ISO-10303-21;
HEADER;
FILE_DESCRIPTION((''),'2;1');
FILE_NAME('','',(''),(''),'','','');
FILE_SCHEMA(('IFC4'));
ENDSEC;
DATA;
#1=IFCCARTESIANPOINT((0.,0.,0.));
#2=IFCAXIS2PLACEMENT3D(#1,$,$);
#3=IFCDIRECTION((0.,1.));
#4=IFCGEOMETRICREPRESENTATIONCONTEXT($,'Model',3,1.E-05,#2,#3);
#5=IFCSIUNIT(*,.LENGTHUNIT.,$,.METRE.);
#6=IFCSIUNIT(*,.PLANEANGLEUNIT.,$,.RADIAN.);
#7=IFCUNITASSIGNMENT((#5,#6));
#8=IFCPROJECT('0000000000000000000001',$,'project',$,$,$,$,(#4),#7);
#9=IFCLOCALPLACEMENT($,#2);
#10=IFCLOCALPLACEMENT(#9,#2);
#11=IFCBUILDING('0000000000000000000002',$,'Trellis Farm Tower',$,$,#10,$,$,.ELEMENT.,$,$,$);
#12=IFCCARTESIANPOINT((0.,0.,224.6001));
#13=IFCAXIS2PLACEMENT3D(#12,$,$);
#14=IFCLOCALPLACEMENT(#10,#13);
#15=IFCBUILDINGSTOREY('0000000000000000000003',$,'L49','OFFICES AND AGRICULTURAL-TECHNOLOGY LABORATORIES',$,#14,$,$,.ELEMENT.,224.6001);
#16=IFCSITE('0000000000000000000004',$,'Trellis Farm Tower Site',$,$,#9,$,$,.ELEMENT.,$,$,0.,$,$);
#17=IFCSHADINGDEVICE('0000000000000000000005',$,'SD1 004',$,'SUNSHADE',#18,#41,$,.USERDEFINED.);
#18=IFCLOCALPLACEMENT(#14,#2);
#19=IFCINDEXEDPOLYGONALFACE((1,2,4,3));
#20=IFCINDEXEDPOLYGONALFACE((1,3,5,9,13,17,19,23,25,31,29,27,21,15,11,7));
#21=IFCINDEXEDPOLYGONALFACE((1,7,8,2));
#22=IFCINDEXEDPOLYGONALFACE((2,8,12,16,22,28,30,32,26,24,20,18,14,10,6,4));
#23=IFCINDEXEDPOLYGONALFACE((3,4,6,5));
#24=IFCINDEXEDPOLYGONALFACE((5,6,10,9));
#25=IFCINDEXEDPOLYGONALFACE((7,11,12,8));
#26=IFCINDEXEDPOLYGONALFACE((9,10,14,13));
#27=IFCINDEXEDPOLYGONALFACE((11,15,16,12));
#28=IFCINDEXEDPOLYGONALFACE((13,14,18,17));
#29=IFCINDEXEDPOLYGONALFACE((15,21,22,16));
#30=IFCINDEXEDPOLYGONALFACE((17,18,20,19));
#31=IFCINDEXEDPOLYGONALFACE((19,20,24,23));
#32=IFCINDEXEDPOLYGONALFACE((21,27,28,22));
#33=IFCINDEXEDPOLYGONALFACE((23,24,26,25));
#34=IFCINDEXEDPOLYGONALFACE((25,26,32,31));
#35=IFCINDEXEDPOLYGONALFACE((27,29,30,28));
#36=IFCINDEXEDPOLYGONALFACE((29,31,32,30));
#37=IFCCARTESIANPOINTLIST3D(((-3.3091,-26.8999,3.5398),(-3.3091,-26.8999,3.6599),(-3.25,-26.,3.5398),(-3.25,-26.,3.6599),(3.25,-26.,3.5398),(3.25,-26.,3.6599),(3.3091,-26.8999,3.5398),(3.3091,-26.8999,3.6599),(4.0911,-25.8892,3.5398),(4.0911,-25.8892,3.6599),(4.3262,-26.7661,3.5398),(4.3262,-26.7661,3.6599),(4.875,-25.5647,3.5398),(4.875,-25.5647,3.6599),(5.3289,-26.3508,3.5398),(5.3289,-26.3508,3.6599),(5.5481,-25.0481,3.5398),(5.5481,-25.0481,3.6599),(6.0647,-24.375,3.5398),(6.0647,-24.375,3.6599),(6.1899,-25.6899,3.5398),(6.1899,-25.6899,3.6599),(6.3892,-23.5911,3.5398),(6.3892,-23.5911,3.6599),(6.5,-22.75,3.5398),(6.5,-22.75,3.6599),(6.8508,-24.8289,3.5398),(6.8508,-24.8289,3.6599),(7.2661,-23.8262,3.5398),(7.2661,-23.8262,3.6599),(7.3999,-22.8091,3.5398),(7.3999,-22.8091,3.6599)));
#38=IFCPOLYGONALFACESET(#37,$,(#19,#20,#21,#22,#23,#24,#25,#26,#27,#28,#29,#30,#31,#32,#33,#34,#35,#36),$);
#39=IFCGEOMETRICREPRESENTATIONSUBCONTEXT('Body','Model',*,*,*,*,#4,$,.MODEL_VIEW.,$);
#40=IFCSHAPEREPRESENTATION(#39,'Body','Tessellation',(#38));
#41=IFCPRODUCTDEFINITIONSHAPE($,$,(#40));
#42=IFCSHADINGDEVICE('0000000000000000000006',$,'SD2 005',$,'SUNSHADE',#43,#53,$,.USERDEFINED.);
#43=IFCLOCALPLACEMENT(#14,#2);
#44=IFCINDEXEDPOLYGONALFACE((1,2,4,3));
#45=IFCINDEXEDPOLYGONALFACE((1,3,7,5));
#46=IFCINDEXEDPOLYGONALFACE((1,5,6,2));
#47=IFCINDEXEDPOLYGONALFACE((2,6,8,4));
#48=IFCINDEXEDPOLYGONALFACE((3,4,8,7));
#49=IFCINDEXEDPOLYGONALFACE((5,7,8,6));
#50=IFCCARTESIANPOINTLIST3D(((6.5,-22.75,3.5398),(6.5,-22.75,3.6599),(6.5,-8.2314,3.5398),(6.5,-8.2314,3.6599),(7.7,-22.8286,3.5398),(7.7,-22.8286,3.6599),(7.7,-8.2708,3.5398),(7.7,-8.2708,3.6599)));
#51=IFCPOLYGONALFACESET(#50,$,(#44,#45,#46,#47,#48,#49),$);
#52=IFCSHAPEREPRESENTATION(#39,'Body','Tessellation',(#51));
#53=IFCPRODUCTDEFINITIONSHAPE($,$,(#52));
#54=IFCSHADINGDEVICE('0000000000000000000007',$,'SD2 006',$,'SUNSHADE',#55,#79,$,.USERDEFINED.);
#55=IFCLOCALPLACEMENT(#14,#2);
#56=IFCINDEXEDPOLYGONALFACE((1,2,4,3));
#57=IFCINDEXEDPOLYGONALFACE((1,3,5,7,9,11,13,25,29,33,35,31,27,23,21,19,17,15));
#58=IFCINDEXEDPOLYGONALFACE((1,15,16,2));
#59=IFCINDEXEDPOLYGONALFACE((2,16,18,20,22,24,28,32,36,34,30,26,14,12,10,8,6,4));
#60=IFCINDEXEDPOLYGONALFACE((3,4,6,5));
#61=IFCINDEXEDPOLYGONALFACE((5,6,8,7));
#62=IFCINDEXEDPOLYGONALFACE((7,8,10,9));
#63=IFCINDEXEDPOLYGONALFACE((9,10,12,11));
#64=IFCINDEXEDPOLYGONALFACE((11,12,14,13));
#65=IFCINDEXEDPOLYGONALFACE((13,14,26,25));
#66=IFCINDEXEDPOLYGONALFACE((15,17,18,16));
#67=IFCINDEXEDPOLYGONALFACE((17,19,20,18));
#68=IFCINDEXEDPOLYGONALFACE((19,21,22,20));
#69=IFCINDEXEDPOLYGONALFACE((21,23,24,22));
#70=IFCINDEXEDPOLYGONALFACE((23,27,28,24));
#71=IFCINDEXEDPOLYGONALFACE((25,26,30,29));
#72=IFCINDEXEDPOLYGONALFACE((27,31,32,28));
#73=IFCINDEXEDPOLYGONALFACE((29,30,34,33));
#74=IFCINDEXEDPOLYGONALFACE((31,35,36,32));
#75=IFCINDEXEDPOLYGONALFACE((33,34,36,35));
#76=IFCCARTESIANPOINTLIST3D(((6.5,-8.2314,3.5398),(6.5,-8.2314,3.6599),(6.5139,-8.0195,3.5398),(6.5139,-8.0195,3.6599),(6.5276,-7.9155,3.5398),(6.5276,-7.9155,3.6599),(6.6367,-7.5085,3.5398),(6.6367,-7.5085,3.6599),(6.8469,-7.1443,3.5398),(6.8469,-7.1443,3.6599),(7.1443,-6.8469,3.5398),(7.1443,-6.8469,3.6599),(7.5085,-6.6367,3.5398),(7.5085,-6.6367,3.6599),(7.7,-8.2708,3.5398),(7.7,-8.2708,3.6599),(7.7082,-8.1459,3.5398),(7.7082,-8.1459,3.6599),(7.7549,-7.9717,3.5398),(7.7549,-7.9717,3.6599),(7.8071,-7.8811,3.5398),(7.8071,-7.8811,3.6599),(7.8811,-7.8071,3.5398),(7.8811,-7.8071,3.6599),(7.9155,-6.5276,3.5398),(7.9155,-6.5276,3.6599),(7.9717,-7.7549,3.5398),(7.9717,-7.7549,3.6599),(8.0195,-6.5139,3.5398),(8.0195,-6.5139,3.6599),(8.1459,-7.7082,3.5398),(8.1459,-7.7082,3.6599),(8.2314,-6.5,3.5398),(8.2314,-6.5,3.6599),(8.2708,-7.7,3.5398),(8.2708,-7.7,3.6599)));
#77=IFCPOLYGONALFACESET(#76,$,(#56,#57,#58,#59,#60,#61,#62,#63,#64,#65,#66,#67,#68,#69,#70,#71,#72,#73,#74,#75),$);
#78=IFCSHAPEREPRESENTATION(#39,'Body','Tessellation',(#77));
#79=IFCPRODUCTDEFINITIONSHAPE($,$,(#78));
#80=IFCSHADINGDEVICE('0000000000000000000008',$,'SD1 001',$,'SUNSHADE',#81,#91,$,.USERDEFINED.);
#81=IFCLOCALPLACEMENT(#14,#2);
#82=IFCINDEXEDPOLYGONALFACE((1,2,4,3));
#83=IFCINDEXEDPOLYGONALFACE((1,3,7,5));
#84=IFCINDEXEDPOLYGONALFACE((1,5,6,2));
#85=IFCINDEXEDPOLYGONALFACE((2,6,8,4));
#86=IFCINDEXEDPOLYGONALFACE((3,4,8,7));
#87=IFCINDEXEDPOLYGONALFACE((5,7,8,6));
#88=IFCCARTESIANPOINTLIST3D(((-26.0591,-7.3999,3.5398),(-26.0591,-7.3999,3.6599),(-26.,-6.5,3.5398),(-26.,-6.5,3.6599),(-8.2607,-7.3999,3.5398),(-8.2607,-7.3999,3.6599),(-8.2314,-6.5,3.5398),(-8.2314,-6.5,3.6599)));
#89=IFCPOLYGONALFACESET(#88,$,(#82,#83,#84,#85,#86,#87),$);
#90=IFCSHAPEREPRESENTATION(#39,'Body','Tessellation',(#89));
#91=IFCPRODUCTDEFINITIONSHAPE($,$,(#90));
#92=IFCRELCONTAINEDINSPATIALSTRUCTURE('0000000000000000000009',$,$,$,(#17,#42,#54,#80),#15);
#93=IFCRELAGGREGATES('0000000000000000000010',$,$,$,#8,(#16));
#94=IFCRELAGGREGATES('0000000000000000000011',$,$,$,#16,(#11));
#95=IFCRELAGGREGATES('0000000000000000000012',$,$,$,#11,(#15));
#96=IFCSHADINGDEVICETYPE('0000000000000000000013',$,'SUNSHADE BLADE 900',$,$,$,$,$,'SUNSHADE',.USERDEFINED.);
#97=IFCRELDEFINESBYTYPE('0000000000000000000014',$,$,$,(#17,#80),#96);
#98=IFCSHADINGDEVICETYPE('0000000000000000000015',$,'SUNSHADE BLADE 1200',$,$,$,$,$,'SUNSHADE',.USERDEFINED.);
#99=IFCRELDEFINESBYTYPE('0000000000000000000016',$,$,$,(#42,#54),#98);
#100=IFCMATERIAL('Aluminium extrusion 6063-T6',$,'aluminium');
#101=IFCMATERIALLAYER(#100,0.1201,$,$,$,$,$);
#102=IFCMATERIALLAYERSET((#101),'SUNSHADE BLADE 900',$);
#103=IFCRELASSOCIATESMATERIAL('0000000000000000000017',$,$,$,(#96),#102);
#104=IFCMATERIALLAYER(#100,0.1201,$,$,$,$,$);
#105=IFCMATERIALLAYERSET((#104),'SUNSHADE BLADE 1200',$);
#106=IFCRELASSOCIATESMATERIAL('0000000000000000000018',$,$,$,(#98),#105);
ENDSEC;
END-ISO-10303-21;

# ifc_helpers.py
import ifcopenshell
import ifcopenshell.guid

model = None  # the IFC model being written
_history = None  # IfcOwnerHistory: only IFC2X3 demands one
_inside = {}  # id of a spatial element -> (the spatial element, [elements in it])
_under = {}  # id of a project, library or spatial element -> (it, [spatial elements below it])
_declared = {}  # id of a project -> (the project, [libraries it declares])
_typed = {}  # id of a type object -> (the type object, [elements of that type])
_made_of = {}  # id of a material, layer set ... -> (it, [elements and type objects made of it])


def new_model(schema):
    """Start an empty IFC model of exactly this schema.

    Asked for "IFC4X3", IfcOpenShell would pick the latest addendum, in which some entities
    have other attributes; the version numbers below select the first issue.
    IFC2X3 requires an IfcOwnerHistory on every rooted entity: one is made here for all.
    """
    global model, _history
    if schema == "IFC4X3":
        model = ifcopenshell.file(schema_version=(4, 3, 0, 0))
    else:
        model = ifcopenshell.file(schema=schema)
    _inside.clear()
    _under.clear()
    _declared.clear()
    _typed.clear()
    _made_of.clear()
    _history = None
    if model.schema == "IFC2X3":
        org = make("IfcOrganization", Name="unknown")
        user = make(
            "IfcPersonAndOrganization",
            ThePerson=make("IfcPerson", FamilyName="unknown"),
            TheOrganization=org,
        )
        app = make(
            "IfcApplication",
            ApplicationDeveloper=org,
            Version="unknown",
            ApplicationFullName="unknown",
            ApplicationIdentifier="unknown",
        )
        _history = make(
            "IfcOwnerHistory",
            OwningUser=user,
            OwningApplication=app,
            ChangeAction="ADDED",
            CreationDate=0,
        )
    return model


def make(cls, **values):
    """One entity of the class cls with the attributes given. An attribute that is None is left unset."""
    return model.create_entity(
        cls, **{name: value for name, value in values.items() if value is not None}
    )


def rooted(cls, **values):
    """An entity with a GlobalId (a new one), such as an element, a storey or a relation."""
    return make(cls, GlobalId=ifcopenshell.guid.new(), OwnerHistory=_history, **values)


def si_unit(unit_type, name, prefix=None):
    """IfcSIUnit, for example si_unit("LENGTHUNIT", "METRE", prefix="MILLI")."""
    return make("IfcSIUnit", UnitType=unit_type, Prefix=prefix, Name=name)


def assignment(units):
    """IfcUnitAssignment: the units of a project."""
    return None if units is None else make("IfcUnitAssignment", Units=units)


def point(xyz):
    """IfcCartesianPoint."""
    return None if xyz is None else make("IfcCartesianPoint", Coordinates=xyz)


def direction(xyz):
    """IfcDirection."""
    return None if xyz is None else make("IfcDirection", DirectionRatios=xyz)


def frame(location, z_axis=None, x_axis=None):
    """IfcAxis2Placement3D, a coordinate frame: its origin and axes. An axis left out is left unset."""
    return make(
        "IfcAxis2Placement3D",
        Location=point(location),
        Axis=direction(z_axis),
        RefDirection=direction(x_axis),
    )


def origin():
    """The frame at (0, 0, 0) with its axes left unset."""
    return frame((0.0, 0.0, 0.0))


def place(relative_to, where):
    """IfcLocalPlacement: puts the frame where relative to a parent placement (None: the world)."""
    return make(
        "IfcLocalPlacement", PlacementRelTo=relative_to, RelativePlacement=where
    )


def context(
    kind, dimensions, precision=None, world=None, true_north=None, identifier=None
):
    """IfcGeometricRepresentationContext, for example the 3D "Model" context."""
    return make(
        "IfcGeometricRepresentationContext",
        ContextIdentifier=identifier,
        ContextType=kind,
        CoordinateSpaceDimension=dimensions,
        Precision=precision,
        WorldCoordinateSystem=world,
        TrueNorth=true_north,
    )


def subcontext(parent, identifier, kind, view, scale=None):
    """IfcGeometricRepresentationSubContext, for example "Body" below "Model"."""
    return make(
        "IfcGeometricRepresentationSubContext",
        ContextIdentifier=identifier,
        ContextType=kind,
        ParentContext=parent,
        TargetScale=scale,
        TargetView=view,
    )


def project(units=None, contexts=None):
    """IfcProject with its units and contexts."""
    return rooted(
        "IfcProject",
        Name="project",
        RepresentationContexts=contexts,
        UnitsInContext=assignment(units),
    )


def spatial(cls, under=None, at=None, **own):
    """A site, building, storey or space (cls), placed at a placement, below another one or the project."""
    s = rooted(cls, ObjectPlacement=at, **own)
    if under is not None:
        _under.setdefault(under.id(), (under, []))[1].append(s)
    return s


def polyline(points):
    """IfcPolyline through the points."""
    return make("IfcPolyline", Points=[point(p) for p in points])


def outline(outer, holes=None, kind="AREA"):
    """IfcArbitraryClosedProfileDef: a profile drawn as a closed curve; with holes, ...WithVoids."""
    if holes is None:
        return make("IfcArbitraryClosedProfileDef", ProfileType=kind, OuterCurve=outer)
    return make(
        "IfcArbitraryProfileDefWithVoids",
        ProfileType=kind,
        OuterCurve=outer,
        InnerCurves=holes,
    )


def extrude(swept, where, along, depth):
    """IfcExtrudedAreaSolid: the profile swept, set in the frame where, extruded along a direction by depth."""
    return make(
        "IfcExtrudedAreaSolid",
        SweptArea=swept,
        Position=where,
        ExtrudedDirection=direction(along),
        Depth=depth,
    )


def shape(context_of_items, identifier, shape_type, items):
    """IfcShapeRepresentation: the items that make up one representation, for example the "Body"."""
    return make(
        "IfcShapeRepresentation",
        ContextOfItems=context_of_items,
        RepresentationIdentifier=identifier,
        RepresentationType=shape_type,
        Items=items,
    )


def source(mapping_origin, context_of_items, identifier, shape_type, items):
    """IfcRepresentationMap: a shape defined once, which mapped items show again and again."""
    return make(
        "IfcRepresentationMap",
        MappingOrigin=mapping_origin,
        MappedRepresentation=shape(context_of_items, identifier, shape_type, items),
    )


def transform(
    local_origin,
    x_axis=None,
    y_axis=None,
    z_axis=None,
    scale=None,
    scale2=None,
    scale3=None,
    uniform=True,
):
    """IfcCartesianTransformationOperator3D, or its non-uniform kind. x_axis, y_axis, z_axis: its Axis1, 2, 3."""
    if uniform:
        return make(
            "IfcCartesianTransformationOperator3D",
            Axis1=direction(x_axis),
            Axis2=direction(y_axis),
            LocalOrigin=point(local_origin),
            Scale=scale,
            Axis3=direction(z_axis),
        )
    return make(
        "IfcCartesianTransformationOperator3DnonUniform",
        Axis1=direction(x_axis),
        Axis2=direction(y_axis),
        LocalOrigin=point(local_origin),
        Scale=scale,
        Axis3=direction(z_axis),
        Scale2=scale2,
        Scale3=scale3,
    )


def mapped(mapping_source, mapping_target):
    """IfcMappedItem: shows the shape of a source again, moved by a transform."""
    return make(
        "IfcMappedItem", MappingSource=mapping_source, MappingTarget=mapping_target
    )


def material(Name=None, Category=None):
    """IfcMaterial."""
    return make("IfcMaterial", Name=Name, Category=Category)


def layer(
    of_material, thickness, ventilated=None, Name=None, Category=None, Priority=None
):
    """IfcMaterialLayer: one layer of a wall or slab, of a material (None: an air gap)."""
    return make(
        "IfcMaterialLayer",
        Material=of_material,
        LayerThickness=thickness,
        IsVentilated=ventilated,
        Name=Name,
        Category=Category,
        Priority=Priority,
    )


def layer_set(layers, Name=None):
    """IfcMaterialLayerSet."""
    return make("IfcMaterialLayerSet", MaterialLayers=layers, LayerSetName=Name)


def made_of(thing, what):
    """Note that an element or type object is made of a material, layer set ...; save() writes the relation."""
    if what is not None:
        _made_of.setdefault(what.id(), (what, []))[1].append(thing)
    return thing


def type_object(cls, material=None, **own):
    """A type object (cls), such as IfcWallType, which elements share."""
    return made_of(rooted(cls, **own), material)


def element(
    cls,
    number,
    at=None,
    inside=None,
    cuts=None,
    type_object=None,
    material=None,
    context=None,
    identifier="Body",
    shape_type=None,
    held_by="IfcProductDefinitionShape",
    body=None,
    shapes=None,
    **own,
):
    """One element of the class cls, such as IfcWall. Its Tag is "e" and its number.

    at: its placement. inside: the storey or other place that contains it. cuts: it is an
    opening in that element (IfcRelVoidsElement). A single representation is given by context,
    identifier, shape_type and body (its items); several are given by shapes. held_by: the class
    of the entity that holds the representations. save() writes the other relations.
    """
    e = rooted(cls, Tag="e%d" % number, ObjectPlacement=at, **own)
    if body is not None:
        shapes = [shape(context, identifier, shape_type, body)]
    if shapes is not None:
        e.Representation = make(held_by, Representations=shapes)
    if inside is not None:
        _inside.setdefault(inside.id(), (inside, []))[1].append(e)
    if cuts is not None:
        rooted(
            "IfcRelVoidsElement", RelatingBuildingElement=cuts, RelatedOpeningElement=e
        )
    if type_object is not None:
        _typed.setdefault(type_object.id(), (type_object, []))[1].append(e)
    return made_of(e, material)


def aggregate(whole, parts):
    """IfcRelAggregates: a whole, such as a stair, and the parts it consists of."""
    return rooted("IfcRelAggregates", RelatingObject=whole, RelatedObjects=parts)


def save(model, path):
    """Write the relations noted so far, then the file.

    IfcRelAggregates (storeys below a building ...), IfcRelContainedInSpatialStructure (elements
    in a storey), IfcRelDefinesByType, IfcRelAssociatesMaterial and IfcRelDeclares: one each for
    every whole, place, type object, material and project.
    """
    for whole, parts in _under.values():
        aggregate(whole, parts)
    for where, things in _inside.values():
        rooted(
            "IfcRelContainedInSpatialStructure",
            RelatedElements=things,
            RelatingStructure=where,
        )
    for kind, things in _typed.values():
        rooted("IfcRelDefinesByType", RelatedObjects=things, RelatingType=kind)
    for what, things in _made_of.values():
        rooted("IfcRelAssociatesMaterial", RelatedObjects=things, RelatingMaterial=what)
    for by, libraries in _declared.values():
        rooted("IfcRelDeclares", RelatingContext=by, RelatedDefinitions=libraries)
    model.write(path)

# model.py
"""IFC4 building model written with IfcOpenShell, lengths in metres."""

from ifc_helpers import new_model, si_unit, direction, frame, origin, place, context, subcontext, project, spatial, polyline, outline, extrude, source, transform, mapped, material, layer, layer_set, type_object, element, save


model = new_model("IFC4")

# Units and contexts
model_context = context("Model", 3, precision=1e-05, world=origin(), true_north=direction((0.0, 1.0)))
body_context = subcontext(model_context, "Body", "Model", "MODEL_VIEW")
ifc_project = project(units=[si_unit("LENGTHUNIT", "METRE"), si_unit("PLANEANGLEUNIT", "RADIAN")], contexts=[model_context])

# Site, building, storey
site_placement = place(None, origin())
site = spatial("IfcSite", under=ifc_project, at=site_placement, Name="Trellis Farm Tower Site", CompositionType="ELEMENT", RefElevation=0.0)
building_placement = place(site_placement, origin())
building = spatial("IfcBuilding", under=site, at=building_placement, Name="Trellis Farm Tower", CompositionType="ELEMENT")
storey_placement = place(building_placement, frame((0.0, 0.0, 224.6001)))
storey = spatial("IfcBuildingStorey", under=building, at=storey_placement, Name="L49", Description="OFFICES AND AGRICULTURAL-TECHNOLOGY LABORATORIES", CompositionType="ELEMENT", Elevation=224.6001)

# Shared definitions
ifc_material_1 = material(Name="Aluminium extrusion 6063-T6", Category="aluminium")

# Shading devices
ifc_layer_1 = layer(ifc_material_1, 0.1201)
ifc_layer_set_1 = layer_set([ifc_layer_1], Name="SUNSHADE BLADE 900")
shading_device_type_1 = type_object("IfcShadingDeviceType", Name="SUNSHADE BLADE 900", ElementType="SUNSHADE", PredefinedType="USERDEFINED", material=ifc_layer_set_1)
placement_1 = place(storey_placement, frame((0.0, 0.0, 3.5398)))
ifc_layer_2 = layer(ifc_material_1, 0.1201)
ifc_layer_set_2 = layer_set([ifc_layer_2], Name="SUNSHADE BLADE 1200")
shading_device_type_2 = type_object("IfcShadingDeviceType", Name="SUNSHADE BLADE 1200", ElementType="SUNSHADE", PredefinedType="USERDEFINED", material=ifc_layer_set_2)
shared_shape_1 = source(origin(), body_context, "Body", "SweptSolid", [
    extrude(outline(polyline([(-3.3091, -26.8999), (3.3091, -26.8999), (4.3262, -26.7661), (5.3289, -26.3508), (6.1899, -25.6899), (6.8508, -24.8289), (7.2661, -23.8262), (7.3999, -22.8091), (6.5, -22.75), (6.3892, -23.5911), (6.0647, -24.375), (5.5481, -25.0481), (4.875, -25.5647), (4.0911, -25.8892), (3.25, -26.0), (-3.25, -26.0), (-3.3091, -26.8999)])), origin(), (0.0, 0.0, 1.0), 0.1201),
])
element("IfcShadingDevice", 1, at=placement_1, inside=storey, type_object=shading_device_type_1, Name="SD1 004", ObjectType="SUNSHADE", PredefinedType="USERDEFINED", context=body_context, shape_type="MappedRepresentation", body=[
    mapped(shared_shape_1, transform((0.0, 0.0, 0.0))),
])
shared_shape_2 = source(origin(), body_context, "Body", "SweptSolid", [
    extrude(outline(polyline([(7.7, -22.8286), (7.7, -8.2708), (6.5, -8.2314), (6.5, -22.75), (7.7, -22.8286)])), origin(), (0.0, 0.0, 1.0), 0.1201),
])
element("IfcShadingDevice", 2, at=placement_1, inside=storey, type_object=shading_device_type_2, Name="SD2 005", ObjectType="SUNSHADE", PredefinedType="USERDEFINED", context=body_context, shape_type="MappedRepresentation", body=[
    mapped(shared_shape_2, transform((0.0, 0.0, 0.0))),
])
shared_shape_3 = source(origin(), body_context, "Body", "SweptSolid", [
    extrude(outline(polyline([(7.7, -8.2708), (7.7087, -8.1372), (7.707, -8.1501), (7.7549, -7.9717), (7.8071, -7.8811), (7.8811, -7.8071), (7.9717, -7.7549), (8.1501, -7.707), (8.1372, -7.7087), (8.2708, -7.7), (8.2314, -6.5), (8.0195, -6.5139), (7.9155, -6.5276), (7.5085, -6.6367), (7.1443, -6.8469), (6.8469, -7.1443), (6.6367, -7.5085), (6.5276, -7.9155), (6.5139, -8.0195), (6.5, -8.2314), (7.7, -8.2708)])), origin(), (0.0, 0.0, 1.0), 0.1201),
])
element("IfcShadingDevice", 3, at=placement_1, inside=storey, type_object=shading_device_type_2, Name="SD2 006", ObjectType="SUNSHADE", PredefinedType="USERDEFINED", context=body_context, shape_type="MappedRepresentation", body=[
    mapped(shared_shape_3, transform((0.0, 0.0, 0.0))),
])
shared_shape_4 = source(origin(), body_context, "Body", "SweptSolid", [
    extrude(outline(polyline([(-26.0591, -7.3999), (-8.2607, -7.3999), (-8.2314, -6.5), (-26.0, -6.5), (-26.0591, -7.3999)])), origin(), (0.0, 0.0, 1.0), 0.1201),
])
element("IfcShadingDevice", 4, at=placement_1, inside=storey, type_object=shading_device_type_1, Name="SD1 001", ObjectType="SUNSHADE", PredefinedType="USERDEFINED", context=body_context, shape_type="MappedRepresentation", body=[
    mapped(shared_shape_4, transform((0.0, 0.0, 0.0))),
])

save(model, "model.ifc")
